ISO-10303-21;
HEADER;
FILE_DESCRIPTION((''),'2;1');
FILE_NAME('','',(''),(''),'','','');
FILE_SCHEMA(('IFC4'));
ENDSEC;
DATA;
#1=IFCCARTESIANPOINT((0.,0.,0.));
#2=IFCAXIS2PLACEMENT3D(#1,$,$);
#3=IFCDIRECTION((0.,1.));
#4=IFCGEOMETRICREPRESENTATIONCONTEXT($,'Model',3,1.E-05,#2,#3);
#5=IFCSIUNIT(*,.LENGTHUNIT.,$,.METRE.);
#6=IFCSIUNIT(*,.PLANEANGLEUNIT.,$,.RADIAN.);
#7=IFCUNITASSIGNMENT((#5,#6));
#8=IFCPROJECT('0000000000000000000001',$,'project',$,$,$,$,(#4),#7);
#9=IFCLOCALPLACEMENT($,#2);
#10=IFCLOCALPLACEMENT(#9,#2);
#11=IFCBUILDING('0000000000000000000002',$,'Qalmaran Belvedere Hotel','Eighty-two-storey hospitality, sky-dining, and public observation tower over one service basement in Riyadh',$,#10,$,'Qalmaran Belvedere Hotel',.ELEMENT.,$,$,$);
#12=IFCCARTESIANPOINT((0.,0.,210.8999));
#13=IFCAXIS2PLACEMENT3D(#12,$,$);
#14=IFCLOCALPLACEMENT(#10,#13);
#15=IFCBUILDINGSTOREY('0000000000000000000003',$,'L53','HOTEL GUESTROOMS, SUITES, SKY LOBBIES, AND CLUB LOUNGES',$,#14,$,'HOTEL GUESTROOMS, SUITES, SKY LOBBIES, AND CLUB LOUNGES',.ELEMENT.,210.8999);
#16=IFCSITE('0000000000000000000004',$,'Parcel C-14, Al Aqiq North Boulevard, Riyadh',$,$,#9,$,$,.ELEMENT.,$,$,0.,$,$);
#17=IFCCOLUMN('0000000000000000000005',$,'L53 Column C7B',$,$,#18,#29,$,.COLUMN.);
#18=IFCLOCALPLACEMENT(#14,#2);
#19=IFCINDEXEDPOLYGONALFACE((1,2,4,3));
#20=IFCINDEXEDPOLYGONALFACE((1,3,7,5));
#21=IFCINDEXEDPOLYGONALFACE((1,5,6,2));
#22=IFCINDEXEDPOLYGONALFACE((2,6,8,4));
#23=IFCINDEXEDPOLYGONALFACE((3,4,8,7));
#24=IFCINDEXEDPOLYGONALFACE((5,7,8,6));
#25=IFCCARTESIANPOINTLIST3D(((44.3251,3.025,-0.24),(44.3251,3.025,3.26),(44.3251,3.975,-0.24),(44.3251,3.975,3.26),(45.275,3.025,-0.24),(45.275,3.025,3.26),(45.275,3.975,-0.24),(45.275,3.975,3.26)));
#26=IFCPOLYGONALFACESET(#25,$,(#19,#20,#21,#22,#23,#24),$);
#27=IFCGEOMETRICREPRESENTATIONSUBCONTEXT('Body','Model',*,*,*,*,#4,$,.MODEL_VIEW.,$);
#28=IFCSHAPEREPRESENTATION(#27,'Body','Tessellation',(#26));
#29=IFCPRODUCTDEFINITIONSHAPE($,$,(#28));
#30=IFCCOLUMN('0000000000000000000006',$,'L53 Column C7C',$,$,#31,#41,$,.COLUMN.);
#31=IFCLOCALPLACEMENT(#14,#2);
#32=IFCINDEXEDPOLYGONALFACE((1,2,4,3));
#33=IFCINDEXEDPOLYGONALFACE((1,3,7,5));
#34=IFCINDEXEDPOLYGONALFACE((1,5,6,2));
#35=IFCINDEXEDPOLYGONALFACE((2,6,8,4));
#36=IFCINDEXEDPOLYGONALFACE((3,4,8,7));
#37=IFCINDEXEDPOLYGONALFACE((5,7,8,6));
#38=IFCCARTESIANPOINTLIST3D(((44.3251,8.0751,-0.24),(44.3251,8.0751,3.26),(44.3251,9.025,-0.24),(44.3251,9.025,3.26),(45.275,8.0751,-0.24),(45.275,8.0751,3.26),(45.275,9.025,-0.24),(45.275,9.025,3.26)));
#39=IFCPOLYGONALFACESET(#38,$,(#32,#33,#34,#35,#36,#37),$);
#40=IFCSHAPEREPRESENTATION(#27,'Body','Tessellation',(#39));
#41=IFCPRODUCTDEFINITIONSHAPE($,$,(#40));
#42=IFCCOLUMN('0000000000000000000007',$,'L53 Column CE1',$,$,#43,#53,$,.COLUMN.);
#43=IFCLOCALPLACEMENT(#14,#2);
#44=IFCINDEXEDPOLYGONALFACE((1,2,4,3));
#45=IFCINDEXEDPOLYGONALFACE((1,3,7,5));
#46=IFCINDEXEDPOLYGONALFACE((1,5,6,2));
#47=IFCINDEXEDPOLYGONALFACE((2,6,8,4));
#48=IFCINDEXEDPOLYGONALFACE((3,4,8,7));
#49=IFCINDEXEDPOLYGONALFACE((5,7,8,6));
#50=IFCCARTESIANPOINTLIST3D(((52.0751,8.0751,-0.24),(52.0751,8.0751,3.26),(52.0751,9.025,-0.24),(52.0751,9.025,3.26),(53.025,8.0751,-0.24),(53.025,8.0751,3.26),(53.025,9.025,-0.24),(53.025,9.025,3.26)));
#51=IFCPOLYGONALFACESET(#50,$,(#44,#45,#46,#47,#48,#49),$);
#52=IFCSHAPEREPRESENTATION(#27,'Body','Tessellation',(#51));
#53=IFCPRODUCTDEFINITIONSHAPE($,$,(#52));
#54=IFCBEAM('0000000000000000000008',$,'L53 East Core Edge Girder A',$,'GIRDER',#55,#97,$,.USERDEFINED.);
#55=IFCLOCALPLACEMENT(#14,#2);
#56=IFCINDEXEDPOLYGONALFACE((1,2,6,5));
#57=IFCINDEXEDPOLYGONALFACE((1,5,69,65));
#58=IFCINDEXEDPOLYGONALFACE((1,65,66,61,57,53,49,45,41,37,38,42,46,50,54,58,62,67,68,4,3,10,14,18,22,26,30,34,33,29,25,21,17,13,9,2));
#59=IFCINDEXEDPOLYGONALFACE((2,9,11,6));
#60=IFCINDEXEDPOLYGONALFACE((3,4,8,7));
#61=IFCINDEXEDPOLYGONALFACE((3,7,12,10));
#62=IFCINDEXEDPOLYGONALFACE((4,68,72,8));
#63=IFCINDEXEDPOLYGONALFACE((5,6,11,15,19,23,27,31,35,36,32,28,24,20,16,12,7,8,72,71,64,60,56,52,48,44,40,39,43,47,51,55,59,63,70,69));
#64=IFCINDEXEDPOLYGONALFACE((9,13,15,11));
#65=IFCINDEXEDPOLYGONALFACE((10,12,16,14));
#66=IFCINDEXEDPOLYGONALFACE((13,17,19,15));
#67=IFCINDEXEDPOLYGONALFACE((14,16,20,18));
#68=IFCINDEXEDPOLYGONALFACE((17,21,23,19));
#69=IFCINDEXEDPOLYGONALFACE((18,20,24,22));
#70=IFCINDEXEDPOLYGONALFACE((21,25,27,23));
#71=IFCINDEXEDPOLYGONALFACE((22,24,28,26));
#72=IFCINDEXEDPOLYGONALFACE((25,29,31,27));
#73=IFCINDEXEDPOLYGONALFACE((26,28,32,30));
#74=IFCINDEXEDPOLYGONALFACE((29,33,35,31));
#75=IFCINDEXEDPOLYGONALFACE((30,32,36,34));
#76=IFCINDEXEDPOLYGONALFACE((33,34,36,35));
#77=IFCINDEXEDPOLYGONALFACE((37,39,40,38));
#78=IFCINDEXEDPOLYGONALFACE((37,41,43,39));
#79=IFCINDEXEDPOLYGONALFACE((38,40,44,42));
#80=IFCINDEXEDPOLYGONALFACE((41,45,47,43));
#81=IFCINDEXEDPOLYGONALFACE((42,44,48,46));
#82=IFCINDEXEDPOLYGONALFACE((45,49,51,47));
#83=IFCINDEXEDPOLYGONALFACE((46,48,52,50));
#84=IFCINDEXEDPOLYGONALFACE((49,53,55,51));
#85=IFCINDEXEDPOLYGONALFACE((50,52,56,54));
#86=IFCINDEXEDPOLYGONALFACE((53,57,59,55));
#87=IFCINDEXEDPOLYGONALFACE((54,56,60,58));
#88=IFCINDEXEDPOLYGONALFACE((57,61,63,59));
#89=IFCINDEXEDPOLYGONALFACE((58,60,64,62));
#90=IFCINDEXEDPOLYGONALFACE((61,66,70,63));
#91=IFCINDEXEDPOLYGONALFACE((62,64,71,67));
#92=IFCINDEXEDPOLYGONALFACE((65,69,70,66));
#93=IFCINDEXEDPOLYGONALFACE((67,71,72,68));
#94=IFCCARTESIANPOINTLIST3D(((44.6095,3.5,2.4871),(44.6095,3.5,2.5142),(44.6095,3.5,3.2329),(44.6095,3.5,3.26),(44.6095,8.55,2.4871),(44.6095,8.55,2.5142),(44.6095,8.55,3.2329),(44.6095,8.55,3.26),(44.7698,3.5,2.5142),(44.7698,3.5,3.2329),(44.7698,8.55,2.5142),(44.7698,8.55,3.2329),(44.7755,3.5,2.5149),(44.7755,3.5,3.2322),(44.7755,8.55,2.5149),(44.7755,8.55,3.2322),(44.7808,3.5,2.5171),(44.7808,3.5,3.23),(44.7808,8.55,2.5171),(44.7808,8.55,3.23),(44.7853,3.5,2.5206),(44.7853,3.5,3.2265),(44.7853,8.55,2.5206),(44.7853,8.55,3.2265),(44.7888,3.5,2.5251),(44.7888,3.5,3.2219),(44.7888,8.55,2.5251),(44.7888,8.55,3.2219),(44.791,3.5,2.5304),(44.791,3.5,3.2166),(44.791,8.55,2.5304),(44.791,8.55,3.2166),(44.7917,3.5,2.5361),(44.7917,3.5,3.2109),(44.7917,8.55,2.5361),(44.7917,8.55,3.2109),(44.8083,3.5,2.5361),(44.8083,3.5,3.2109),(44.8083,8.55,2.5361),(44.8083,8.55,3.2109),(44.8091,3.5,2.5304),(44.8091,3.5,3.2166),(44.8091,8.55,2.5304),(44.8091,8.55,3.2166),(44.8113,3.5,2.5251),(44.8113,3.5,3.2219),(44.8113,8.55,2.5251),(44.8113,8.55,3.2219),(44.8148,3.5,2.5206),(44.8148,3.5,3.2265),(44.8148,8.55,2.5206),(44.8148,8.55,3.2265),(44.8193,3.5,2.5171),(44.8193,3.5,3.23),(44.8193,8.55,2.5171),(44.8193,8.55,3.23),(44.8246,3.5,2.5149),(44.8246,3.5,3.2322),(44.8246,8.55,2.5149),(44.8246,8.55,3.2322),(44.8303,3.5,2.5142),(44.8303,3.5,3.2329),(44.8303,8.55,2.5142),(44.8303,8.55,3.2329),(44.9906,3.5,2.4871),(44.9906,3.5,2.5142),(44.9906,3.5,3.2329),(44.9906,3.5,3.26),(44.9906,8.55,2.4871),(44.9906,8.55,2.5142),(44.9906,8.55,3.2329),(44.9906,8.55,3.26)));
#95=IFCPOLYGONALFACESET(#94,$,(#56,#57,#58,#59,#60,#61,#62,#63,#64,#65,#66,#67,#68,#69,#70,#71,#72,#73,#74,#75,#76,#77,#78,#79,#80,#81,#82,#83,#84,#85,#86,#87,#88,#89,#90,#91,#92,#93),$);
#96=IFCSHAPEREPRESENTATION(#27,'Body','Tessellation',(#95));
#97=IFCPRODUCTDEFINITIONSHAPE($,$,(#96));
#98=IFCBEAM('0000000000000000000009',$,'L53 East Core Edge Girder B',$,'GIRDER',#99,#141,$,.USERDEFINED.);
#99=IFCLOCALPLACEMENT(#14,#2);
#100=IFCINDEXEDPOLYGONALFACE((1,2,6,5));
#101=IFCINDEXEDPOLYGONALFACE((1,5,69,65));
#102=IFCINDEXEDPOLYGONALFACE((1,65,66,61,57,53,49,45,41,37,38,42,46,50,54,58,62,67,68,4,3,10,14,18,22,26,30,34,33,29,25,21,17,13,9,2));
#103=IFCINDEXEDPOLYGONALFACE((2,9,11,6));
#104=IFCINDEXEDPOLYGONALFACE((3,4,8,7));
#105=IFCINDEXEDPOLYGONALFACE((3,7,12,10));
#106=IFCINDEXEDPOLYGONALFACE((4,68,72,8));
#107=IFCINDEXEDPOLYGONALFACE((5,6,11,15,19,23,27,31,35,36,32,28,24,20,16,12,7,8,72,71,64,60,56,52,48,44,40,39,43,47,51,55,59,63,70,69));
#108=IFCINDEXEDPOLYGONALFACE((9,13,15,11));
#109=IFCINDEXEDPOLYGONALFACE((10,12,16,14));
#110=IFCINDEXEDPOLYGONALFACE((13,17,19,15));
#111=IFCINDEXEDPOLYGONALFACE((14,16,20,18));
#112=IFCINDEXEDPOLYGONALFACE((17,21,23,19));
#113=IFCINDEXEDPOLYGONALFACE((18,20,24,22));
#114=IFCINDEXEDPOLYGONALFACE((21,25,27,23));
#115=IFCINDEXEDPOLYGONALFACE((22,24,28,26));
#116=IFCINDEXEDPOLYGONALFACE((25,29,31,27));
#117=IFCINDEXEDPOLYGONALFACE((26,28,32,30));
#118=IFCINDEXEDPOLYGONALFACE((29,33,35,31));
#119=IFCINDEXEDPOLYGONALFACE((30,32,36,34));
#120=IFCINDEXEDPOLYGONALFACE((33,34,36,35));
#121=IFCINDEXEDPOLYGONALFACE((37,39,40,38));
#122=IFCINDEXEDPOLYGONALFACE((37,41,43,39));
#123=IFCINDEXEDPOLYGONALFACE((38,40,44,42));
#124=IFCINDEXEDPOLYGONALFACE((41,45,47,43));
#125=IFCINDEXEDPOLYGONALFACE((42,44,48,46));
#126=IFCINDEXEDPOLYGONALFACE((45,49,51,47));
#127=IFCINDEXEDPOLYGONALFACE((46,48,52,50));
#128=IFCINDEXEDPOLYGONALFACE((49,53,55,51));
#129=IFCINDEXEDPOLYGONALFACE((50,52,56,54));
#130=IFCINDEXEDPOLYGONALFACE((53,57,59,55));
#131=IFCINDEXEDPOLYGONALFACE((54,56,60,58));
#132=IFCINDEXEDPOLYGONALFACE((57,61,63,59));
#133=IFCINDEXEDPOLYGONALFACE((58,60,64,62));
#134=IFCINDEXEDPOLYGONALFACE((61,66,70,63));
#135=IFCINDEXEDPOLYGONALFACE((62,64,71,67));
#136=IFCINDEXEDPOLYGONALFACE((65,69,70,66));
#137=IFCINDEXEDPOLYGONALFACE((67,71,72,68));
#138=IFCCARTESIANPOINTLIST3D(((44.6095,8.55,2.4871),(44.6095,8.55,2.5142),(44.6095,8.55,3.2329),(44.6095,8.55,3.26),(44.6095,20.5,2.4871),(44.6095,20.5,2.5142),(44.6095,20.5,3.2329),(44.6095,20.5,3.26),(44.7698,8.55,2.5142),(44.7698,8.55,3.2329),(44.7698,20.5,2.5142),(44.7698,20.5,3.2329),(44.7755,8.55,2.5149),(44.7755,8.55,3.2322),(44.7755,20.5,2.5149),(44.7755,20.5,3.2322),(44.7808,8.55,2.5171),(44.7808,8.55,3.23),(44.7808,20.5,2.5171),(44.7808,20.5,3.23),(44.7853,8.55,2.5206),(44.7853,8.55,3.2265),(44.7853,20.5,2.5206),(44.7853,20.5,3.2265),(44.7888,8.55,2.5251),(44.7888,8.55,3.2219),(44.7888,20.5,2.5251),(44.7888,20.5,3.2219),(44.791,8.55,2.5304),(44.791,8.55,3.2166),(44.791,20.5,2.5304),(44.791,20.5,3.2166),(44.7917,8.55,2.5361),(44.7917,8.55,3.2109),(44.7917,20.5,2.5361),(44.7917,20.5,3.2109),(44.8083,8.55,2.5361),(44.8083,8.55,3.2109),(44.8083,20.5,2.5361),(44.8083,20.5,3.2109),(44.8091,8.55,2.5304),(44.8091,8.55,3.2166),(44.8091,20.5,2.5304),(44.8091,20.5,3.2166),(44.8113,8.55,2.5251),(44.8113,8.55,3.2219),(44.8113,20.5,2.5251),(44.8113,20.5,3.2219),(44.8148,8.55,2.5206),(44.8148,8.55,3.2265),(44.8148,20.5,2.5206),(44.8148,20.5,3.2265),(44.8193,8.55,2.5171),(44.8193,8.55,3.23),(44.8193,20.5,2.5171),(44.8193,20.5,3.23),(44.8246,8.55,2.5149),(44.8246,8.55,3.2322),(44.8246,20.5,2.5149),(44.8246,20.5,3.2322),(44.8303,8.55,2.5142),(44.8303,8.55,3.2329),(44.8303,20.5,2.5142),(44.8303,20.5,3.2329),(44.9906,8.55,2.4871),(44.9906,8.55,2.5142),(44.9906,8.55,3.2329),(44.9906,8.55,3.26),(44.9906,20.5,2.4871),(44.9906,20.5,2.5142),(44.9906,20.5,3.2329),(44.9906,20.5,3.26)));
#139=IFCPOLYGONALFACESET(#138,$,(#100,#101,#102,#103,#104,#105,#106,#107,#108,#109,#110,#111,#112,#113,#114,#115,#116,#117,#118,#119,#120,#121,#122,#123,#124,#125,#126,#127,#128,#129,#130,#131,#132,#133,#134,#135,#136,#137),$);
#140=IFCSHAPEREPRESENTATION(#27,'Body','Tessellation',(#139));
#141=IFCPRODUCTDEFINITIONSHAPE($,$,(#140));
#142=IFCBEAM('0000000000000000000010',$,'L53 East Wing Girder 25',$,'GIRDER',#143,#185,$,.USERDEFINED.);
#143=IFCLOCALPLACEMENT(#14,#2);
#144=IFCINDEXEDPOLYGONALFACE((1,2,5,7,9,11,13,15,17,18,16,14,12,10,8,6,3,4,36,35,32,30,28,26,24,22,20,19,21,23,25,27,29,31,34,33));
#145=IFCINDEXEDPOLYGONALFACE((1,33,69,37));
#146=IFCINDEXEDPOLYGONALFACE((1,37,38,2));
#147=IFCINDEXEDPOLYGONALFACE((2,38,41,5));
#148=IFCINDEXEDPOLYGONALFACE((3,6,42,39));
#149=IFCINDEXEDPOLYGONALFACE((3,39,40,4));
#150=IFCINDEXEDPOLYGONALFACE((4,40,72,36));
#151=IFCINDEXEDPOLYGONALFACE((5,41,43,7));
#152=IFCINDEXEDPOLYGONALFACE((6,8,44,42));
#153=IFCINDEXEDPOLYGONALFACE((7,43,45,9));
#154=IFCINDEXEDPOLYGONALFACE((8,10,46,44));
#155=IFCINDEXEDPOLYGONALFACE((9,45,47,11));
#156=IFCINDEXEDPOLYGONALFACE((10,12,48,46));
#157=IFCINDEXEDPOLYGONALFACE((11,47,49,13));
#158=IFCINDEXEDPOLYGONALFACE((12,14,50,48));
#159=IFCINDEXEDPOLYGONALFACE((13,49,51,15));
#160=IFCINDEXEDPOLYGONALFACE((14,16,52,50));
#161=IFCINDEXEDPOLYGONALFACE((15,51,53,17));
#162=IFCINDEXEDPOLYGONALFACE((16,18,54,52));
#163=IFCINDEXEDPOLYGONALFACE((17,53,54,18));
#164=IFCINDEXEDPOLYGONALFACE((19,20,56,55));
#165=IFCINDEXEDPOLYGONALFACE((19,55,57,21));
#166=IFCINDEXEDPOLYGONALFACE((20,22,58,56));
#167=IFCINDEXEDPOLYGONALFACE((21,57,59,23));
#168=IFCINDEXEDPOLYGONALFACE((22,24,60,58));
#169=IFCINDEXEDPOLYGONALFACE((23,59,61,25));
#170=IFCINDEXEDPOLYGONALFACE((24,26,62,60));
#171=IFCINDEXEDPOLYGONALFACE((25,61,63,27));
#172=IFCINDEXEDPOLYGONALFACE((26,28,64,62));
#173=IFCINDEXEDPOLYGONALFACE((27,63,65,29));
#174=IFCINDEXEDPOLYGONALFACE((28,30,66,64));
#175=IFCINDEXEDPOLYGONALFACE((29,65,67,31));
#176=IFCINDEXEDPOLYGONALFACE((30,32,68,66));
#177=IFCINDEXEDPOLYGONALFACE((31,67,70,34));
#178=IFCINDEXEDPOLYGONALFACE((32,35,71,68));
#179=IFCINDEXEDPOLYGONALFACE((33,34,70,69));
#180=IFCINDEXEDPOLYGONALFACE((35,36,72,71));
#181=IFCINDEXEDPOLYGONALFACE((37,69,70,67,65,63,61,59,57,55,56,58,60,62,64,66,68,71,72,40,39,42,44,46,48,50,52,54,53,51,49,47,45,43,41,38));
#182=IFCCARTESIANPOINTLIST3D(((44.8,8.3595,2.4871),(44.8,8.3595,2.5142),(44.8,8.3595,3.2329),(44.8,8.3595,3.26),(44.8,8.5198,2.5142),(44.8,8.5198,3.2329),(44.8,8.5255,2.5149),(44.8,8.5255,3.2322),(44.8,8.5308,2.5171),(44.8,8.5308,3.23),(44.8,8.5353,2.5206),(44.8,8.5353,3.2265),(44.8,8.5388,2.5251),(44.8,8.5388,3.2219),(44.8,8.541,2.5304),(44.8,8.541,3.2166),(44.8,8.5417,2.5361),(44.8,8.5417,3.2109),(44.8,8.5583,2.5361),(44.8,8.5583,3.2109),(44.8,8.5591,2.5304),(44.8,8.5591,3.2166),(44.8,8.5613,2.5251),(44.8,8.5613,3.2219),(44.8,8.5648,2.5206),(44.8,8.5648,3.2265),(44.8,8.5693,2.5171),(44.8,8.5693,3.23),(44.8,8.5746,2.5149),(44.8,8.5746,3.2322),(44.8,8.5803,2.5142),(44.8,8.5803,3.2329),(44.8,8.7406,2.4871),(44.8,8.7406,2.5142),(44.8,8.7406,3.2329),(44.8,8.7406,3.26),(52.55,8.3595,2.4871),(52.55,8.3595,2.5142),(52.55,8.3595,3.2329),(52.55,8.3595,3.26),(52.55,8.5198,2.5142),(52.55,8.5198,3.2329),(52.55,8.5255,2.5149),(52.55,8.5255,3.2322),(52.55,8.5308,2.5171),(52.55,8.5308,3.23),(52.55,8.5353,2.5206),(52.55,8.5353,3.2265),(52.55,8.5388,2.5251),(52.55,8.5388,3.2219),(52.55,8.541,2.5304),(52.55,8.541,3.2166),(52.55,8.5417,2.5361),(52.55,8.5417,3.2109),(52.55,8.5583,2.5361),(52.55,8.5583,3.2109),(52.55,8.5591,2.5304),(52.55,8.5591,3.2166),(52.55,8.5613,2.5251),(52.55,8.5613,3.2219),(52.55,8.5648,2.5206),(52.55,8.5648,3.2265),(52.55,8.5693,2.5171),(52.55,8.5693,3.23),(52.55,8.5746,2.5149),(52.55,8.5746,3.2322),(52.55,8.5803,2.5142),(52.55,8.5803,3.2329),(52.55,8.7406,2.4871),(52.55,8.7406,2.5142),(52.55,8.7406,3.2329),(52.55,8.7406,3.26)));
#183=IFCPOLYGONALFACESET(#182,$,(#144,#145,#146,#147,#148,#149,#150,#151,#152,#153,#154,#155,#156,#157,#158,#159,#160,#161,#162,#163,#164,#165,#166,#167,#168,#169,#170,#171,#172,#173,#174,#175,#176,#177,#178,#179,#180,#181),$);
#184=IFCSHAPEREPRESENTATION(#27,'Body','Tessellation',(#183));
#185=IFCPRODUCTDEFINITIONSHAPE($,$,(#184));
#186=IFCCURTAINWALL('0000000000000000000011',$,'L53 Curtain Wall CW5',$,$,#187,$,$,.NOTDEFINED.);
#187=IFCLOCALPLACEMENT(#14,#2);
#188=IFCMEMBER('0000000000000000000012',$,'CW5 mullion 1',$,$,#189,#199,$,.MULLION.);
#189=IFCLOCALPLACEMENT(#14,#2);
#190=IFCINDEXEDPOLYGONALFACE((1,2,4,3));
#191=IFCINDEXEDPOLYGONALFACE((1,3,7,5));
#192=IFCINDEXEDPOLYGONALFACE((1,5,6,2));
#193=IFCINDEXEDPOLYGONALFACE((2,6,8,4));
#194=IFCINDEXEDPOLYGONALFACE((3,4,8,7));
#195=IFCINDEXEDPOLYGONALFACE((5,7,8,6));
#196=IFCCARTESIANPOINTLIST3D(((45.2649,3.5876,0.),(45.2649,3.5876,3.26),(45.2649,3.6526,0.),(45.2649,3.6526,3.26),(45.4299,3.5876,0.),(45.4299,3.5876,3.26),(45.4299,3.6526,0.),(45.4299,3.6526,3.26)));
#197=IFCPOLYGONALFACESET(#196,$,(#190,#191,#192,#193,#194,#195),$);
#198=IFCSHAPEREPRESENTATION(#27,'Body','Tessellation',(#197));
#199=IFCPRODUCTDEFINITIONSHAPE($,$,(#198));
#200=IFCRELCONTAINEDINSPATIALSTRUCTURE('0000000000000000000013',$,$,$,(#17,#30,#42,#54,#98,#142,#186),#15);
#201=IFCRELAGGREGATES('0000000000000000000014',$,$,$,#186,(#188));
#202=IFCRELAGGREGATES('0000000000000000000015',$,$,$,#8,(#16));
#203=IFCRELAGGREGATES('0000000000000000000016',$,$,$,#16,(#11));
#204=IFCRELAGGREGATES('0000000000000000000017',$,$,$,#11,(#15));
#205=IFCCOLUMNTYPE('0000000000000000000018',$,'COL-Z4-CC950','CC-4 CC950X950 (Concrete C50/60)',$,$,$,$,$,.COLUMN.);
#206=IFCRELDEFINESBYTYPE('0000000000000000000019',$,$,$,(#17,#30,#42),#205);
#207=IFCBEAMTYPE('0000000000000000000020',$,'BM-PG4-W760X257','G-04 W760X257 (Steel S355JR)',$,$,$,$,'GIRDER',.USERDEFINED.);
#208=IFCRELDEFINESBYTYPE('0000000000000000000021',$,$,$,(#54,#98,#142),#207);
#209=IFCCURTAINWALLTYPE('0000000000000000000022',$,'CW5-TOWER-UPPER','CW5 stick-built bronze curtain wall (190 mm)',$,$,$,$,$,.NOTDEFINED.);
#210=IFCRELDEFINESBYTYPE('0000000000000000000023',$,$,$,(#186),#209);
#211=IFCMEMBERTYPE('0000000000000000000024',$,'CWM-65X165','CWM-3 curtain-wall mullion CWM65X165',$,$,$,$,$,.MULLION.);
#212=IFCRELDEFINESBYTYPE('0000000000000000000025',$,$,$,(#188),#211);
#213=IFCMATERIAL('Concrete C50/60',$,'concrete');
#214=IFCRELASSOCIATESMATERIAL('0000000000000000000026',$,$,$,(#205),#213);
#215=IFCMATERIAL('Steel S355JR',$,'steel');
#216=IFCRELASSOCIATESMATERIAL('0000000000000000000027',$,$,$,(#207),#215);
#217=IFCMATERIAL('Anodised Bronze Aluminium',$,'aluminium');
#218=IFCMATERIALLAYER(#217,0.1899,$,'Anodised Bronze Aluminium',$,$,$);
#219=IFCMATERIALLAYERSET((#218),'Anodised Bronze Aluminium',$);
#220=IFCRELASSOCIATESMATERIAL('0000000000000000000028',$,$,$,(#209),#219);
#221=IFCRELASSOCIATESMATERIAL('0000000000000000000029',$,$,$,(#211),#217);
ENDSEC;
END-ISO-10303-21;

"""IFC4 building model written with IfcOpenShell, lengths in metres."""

from ifc_helpers import new_model, si_unit, direction, frame, origin, origin_2d, place, context, subcontext, project, spatial, rectangle, i_section, extrude, material, layer, layer_set, material_profile, profile_set, type_object, element, aggregate, save


model = new_model("IFC4")

# Units and contexts
model_context = context("Model", 3, precision=1e-05, world=origin(), true_north=direction((0.0, 1.0)))
body_context = subcontext(model_context, "Body", "Model", "MODEL_VIEW")
ifc_project = project(units=[si_unit("LENGTHUNIT", "METRE"), si_unit("PLANEANGLEUNIT", "RADIAN")], contexts=[model_context])

# Site, building, storey
site_placement = place(None, origin())
site = spatial("IfcSite", under=ifc_project, at=site_placement, Name="Parcel C-14, Al Aqiq North Boulevard, Riyadh", CompositionType="ELEMENT", RefElevation=0.0)
building_placement = place(site_placement, origin())
building = spatial("IfcBuilding", under=site, at=building_placement, Name="Qalmaran Belvedere Hotel", Description="Eighty-two-storey hospitality, sky-dining, and public observation tower over one service basement in Riyadh", LongName="Qalmaran Belvedere Hotel", CompositionType="ELEMENT")
storey_placement = place(building_placement, frame((0.0, 0.0, 210.8999)))
storey = spatial("IfcBuildingStorey", under=building, at=storey_placement, Name="L53", Description="HOTEL GUESTROOMS, SUITES, SKY LOBBIES, AND CLUB LOUNGES", LongName="HOTEL GUESTROOMS, SUITES, SKY LOBBIES, AND CLUB LOUNGES", CompositionType="ELEMENT", Elevation=210.8999)

# Columns
ifc_material_1 = material(Name="Concrete C50/60", Category="concrete")
ifc_material_profile_1 = material_profile(ifc_material_1, rectangle(XDim=0.95, YDim=0.95, at=origin_2d()), Name="CC950X950")
ifc_profile_set_1 = profile_set([ifc_material_profile_1], Name="Concrete C50/60")
column_type = type_object("IfcColumnType", Name="COL-Z4-CC950", Description="CC-4 CC950X950 (Concrete C50/60)", PredefinedType="COLUMN", material=ifc_profile_set_1)
for number, where, z_axis, x_axis, name in (
    (1, (44.8, 3.5, -0.24), (0.0, 0.0, 1.0), (1.0, 0.0, 0.0), "L53 Column C7B"),
    (2, (44.8, 8.55, -0.24), (0.0, 0.0, 1.0), (1.0, 0.0, 0.0), "L53 Column C7C"),
    (3, (52.55, 8.55, -0.24), (0.0, 0.0, 1.0), (1.0, 0.0, 0.0), "L53 Column CE1"),
):
    element("IfcColumn", number, at=place(storey_placement, frame(where, z_axis=z_axis, x_axis=x_axis)), inside=storey, type_object=column_type, Name=name, PredefinedType="COLUMN", context=body_context, shape_type="SweptSolid", body=[
        extrude(rectangle(XDim=0.95, YDim=0.95, at=origin_2d()), origin(), (0.0, 0.0, 1.0), 3.5),
    ])

# Beams
ifc_material_2 = material(Name="Steel S355JR", Category="steel")
ifc_material_profile_2 = material_profile(ifc_material_2, i_section(OverallWidth=0.3811, OverallDepth=0.7729, WebThickness=0.0166, FlangeThickness=0.0271, FilletRadius=0.022, at=origin_2d()), Name="W760X257")
ifc_profile_set_2 = profile_set([ifc_material_profile_2], Name="Steel S355JR")
beam_type = type_object("IfcBeamType", Name="BM-PG4-W760X257", Description="G-04 W760X257 (Steel S355JR)", ElementType="GIRDER", PredefinedType="USERDEFINED", material=ifc_profile_set_2)
beam_1_placement = place(storey_placement, frame((44.8, 3.5, 2.8735), z_axis=(0.0, 1.0, 0.0), x_axis=(-1.0, 0.0, 0.0)))
element("IfcBeam", 4, at=beam_1_placement, inside=storey, type_object=beam_type, Name="L53 East Core Edge Girder A", ObjectType="GIRDER", PredefinedType="USERDEFINED", context=body_context, shape_type="SweptSolid", body=[
    extrude(i_section(OverallWidth=0.3811, OverallDepth=0.7729, WebThickness=0.0166, FlangeThickness=0.0271, FilletRadius=0.022, at=origin_2d()), origin(), (0.0, 0.0, 1.0), 5.05),
])
beam_2_placement = place(storey_placement, frame((44.8, 8.55, 2.8735), z_axis=(0.0, 1.0, 0.0), x_axis=(-1.0, 0.0, 0.0)))
element("IfcBeam", 5, at=beam_2_placement, inside=storey, type_object=beam_type, Name="L53 East Core Edge Girder B", ObjectType="GIRDER", PredefinedType="USERDEFINED", context=body_context, shape_type="SweptSolid", body=[
    extrude(i_section(OverallWidth=0.3811, OverallDepth=0.7729, WebThickness=0.0166, FlangeThickness=0.0271, FilletRadius=0.022, at=origin_2d()), origin(), (0.0, 0.0, 1.0), 11.95),
])
beam_3_placement = place(storey_placement, frame((44.8, 8.55, 2.8735), z_axis=(1.0, 0.0, 0.0), x_axis=(0.0, 1.0, 0.0)))
element("IfcBeam", 6, at=beam_3_placement, inside=storey, type_object=beam_type, Name="L53 East Wing Girder 25", ObjectType="GIRDER", PredefinedType="USERDEFINED", context=body_context, shape_type="SweptSolid", body=[
    extrude(i_section(OverallWidth=0.3811, OverallDepth=0.7729, WebThickness=0.0166, FlangeThickness=0.0271, FilletRadius=0.022, at=origin_2d()), origin(), (0.0, 0.0, 1.0), 7.75),
])

# Curtain wall, member
ifc_material_3 = material(Name="Anodised Bronze Aluminium", Category="aluminium")
ifc_layer_1 = layer(ifc_material_3, 0.1899, Name="Anodised Bronze Aluminium")
ifc_layer_set_1 = layer_set([ifc_layer_1], Name="Anodised Bronze Aluminium")
curtain_wall_type = type_object("IfcCurtainWallType", Name="CW5-TOWER-UPPER", Description="CW5 stick-built bronze curtain wall (190 mm)", PredefinedType="NOTDEFINED", material=ifc_layer_set_1)
curtain_wall_1_placement = place(storey_placement, origin())
curtain_wall_1 = element("IfcCurtainWall", 7, at=curtain_wall_1_placement, inside=storey, type_object=curtain_wall_type, Name="L53 Curtain Wall CW5", PredefinedType="NOTDEFINED")
ifc_material_profile_3 = material_profile(ifc_material_3, rectangle(XDim=0.0649, YDim=0.165, at=origin_2d()), Name="CWM65X165")
ifc_profile_set_3 = profile_set([ifc_material_profile_3], Name="Anodised Bronze Aluminium")
member_type_1 = type_object("IfcMemberType", Name="CWM-65X165", Description="CWM-3 curtain-wall mullion CWM65X165", PredefinedType="MULLION", material=ifc_profile_set_3)
member_1_placement = place(storey_placement, frame((45.3474, 3.6201, 0.0), z_axis=(0.0, 0.0, 1.0), x_axis=(0.0, 1.0, 0.0)))
member_1 = element("IfcMember", 8, at=member_1_placement, type_object=member_type_1, Name="CW5 mullion 1", PredefinedType="MULLION", context=body_context, shape_type="SweptSolid", body=[
    extrude(rectangle(XDim=0.0649, YDim=0.165, at=origin_2d()), origin(), (0.0, 0.0, 1.0), 3.26),
])

aggregate(curtain_wall_1, [member_1])

save(model, "model.ifc")
